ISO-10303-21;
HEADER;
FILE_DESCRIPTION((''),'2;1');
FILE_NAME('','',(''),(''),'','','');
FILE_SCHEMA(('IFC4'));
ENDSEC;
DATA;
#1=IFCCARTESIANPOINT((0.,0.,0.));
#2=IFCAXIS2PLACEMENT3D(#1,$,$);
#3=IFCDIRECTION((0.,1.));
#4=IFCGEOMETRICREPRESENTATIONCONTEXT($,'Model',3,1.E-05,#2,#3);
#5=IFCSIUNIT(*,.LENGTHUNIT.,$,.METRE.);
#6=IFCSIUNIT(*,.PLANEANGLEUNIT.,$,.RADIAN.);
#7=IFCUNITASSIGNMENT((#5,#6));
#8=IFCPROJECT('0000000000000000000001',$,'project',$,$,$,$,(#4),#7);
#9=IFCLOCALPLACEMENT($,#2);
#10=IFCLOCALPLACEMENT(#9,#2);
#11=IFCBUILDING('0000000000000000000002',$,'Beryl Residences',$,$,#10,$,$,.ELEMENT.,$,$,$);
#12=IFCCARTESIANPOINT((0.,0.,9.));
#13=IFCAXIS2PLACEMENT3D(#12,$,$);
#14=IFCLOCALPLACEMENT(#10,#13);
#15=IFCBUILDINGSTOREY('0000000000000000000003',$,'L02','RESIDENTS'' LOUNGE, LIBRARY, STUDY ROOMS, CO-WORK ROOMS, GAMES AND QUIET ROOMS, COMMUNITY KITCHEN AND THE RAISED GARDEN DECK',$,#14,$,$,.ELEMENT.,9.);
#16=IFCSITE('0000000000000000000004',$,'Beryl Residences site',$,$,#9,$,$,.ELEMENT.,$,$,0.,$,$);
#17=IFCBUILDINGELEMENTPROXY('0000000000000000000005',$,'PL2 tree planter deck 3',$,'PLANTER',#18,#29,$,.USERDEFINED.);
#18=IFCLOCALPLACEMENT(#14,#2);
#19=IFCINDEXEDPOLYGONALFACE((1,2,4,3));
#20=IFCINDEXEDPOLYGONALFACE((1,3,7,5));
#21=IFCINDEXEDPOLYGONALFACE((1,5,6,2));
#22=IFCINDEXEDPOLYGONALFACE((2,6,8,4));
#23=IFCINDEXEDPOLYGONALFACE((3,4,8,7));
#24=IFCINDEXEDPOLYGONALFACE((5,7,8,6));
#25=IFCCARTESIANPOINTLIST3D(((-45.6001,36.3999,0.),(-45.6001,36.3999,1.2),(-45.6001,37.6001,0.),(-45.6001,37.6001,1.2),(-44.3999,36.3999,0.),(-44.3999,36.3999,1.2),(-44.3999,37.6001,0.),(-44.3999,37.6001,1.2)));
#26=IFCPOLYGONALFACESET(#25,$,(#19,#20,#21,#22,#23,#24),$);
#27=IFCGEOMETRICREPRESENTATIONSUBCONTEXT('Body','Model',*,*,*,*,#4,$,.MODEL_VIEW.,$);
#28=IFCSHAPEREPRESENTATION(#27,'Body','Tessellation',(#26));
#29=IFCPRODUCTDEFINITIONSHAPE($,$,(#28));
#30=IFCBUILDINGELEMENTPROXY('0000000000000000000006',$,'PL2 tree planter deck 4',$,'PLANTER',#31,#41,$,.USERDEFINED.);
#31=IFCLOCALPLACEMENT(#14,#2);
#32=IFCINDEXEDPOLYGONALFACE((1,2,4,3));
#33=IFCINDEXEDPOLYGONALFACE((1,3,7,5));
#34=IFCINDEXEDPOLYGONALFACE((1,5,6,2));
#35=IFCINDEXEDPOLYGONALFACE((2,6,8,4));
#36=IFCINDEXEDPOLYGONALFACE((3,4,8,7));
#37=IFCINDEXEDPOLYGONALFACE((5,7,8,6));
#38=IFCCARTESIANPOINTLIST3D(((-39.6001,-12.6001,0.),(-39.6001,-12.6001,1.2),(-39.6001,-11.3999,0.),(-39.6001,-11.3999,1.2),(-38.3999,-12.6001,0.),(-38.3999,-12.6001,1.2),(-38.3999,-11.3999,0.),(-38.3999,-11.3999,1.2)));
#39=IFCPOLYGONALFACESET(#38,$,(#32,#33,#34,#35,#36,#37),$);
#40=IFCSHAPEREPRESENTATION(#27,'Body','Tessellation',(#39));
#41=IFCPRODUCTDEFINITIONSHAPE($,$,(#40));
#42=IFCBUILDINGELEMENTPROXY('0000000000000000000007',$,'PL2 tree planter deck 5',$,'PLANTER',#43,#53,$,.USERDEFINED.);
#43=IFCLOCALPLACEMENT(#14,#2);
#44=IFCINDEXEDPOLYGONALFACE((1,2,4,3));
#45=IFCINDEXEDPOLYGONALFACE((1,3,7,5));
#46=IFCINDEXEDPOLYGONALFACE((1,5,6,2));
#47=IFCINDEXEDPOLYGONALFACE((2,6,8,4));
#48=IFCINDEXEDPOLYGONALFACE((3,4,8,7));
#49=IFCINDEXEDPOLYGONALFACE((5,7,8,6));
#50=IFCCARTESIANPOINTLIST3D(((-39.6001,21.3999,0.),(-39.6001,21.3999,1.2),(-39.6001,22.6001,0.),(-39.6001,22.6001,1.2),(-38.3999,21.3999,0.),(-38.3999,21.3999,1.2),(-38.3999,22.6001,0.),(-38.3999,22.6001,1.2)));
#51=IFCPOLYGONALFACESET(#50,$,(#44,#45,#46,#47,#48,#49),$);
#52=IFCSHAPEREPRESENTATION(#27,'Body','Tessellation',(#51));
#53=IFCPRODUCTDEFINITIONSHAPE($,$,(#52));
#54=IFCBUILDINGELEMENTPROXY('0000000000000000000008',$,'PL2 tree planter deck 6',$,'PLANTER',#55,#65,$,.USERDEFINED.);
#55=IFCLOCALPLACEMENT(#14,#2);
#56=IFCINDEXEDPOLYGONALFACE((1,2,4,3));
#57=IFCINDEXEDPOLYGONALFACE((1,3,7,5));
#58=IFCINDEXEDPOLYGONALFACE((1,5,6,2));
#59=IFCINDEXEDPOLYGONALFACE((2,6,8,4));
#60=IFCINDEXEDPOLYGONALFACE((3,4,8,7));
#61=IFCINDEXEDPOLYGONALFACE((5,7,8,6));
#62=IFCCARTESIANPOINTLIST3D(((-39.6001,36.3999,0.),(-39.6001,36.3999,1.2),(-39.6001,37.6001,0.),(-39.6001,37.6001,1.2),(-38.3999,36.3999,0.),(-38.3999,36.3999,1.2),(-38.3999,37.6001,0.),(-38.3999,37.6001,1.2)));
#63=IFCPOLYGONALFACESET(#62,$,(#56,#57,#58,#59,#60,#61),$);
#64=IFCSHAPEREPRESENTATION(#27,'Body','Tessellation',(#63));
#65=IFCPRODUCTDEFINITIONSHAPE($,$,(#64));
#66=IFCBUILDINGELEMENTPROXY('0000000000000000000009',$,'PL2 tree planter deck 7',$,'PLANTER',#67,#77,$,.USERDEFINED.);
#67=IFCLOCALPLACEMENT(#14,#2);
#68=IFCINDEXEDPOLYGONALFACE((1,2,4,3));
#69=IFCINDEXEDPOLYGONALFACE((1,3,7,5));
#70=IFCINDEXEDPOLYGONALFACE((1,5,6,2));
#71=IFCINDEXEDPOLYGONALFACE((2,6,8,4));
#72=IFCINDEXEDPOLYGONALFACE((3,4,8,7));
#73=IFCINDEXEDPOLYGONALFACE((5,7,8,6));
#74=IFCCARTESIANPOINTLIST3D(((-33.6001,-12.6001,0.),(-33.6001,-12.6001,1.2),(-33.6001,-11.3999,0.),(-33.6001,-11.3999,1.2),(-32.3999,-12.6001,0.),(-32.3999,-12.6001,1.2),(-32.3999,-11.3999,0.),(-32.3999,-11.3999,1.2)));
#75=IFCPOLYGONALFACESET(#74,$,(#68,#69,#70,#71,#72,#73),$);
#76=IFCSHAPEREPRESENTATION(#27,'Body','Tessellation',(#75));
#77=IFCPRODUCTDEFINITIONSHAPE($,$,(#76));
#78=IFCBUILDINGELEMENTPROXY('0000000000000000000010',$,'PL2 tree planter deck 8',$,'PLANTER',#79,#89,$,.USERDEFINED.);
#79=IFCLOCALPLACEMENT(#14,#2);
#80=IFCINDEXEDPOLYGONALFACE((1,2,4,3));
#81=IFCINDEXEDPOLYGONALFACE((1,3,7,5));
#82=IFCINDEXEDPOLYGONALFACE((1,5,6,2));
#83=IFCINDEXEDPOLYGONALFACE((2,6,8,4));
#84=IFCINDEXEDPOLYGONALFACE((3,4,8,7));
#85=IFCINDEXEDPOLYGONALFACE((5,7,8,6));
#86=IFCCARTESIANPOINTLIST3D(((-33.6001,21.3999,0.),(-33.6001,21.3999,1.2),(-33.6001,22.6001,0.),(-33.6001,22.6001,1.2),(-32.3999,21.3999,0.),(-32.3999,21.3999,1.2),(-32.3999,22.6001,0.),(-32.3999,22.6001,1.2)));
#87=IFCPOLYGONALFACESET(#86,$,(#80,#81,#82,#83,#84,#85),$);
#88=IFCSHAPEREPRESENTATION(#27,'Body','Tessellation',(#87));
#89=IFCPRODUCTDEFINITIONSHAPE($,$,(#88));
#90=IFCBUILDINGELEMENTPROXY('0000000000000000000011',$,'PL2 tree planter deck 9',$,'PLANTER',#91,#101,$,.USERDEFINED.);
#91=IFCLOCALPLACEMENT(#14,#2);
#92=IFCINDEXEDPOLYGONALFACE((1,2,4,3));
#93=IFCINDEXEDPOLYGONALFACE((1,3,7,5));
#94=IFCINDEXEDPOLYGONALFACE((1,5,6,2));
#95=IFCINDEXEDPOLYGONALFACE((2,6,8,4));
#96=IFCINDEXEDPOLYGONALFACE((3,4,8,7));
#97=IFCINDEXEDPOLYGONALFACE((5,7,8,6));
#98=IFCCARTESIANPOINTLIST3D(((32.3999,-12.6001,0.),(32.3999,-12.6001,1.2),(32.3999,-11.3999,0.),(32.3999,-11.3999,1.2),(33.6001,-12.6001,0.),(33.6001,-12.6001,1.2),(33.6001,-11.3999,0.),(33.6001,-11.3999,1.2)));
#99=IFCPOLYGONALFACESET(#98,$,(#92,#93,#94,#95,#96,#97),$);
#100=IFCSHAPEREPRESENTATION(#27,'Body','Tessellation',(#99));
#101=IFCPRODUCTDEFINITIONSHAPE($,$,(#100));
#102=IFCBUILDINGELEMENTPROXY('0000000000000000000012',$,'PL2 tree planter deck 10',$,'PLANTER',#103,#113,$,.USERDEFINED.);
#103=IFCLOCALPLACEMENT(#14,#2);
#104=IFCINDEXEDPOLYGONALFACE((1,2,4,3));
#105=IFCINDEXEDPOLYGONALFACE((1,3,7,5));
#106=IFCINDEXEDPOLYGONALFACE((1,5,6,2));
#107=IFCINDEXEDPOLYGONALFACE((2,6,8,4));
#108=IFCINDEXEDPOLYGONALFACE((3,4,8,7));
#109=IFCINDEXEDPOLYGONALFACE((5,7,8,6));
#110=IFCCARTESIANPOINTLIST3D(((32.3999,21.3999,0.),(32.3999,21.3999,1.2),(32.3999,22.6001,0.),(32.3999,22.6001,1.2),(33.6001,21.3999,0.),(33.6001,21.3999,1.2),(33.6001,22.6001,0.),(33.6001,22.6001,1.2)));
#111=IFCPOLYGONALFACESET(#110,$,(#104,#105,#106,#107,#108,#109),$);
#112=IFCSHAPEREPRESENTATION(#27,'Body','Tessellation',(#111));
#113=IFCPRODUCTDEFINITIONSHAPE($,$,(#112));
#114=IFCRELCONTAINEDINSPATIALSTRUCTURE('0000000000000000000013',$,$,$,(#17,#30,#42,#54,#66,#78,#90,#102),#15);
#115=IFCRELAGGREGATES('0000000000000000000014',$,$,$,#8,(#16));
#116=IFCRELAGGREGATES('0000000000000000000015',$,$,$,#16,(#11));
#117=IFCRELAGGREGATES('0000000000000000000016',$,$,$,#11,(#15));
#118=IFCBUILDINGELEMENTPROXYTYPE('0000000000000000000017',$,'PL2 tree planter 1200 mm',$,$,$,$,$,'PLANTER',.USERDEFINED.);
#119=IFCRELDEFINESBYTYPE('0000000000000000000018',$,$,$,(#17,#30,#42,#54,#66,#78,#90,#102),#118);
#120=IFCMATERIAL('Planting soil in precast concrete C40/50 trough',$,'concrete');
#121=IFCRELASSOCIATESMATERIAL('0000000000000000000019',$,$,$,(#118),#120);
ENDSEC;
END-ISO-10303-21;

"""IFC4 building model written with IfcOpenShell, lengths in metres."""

from ifc_helpers import new_model, si_unit, direction, frame, origin, place, context, subcontext, project, spatial, polyline, outline, extrude, material, type_object, element, save


model = new_model("IFC4")

# Units and contexts
model_context = context("Model", 3, precision=1e-05, world=origin(), true_north=direction((0.0, 1.0)))
body_context = subcontext(model_context, "Body", "Model", "MODEL_VIEW")
ifc_project = project(units=[si_unit("LENGTHUNIT", "METRE"), si_unit("PLANEANGLEUNIT", "RADIAN")], contexts=[model_context])

# Site, building, storey
site_placement = place(None, origin())
site = spatial("IfcSite", under=ifc_project, at=site_placement, Name="Beryl Residences site", CompositionType="ELEMENT", RefElevation=0.0)
building_placement = place(site_placement, origin())
building = spatial("IfcBuilding", under=site, at=building_placement, Name="Beryl Residences", CompositionType="ELEMENT")
storey_placement = place(building_placement, frame((0.0, 0.0, 9.0)))
storey = spatial("IfcBuildingStorey", under=building, at=storey_placement, Name="L02", Description="RESIDENTS' LOUNGE, LIBRARY, STUDY ROOMS, CO-WORK ROOMS, GAMES AND QUIET ROOMS, COMMUNITY KITCHEN AND THE RAISED GARDEN DECK", CompositionType="ELEMENT", Elevation=9.0)

# Building element proxies
ifc_material_1 = material(Name="Planting soil in precast concrete C40/50 trough", Category="concrete")
building_element_proxy_type_1 = type_object("IfcBuildingElementProxyType", Name="PL2 tree planter 1200 mm", ElementType="PLANTER", PredefinedType="USERDEFINED", material=ifc_material_1)
proxy_1_placement = place(storey_placement, origin())
element("IfcBuildingElementProxy", 1, at=proxy_1_placement, inside=storey, type_object=building_element_proxy_type_1, Name="PL2 tree planter deck 3", ObjectType="PLANTER", PredefinedType="USERDEFINED", context=body_context, shape_type="SweptSolid", body=[
    extrude(outline(polyline([(-44.3999, 36.3999), (-44.3999, 37.6001), (-45.6001, 37.6001), (-45.6001, 36.3999), (-44.3999, 36.3999)])), origin(), (0.0, 0.0, 1.0), 1.2),
])
proxy_2_placement = place(storey_placement, origin())
element("IfcBuildingElementProxy", 2, at=proxy_2_placement, inside=storey, type_object=building_element_proxy_type_1, Name="PL2 tree planter deck 4", ObjectType="PLANTER", PredefinedType="USERDEFINED", context=body_context, shape_type="SweptSolid", body=[
    extrude(outline(polyline([(-38.3999, -12.6001), (-38.3999, -11.3999), (-39.6001, -11.3999), (-39.6001, -12.6001), (-38.3999, -12.6001)])), origin(), (0.0, 0.0, 1.0), 1.2),
])
proxy_3_placement = place(storey_placement, origin())
element("IfcBuildingElementProxy", 3, at=proxy_3_placement, inside=storey, type_object=building_element_proxy_type_1, Name="PL2 tree planter deck 5", ObjectType="PLANTER", PredefinedType="USERDEFINED", context=body_context, shape_type="SweptSolid", body=[
    extrude(outline(polyline([(-38.3999, 21.3999), (-38.3999, 22.6001), (-39.6001, 22.6001), (-39.6001, 21.3999), (-38.3999, 21.3999)])), origin(), (0.0, 0.0, 1.0), 1.2),
])
proxy_4_placement = place(storey_placement, origin())
element("IfcBuildingElementProxy", 4, at=proxy_4_placement, inside=storey, type_object=building_element_proxy_type_1, Name="PL2 tree planter deck 6", ObjectType="PLANTER", PredefinedType="USERDEFINED", context=body_context, shape_type="SweptSolid", body=[
    extrude(outline(polyline([(-38.3999, 36.3999), (-38.3999, 37.6001), (-39.6001, 37.6001), (-39.6001, 36.3999), (-38.3999, 36.3999)])), origin(), (0.0, 0.0, 1.0), 1.2),
])
proxy_5_placement = place(storey_placement, origin())
element("IfcBuildingElementProxy", 5, at=proxy_5_placement, inside=storey, type_object=building_element_proxy_type_1, Name="PL2 tree planter deck 7", ObjectType="PLANTER", PredefinedType="USERDEFINED", context=body_context, shape_type="SweptSolid", body=[
    extrude(outline(polyline([(-32.3999, -12.6001), (-32.3999, -11.3999), (-33.6001, -11.3999), (-33.6001, -12.6001), (-32.3999, -12.6001)])), origin(), (0.0, 0.0, 1.0), 1.2),
])
proxy_6_placement = place(storey_placement, origin())
element("IfcBuildingElementProxy", 6, at=proxy_6_placement, inside=storey, type_object=building_element_proxy_type_1, Name="PL2 tree planter deck 8", ObjectType="PLANTER", PredefinedType="USERDEFINED", context=body_context, shape_type="SweptSolid", body=[
    extrude(outline(polyline([(-32.3999, 21.3999), (-32.3999, 22.6001), (-33.6001, 22.6001), (-33.6001, 21.3999), (-32.3999, 21.3999)])), origin(), (0.0, 0.0, 1.0), 1.2),
])
proxy_7_placement = place(storey_placement, origin())
element("IfcBuildingElementProxy", 7, at=proxy_7_placement, inside=storey, type_object=building_element_proxy_type_1, Name="PL2 tree planter deck 9", ObjectType="PLANTER", PredefinedType="USERDEFINED", context=body_context, shape_type="SweptSolid", body=[
    extrude(outline(polyline([(33.6001, -12.6001), (33.6001, -11.3999), (32.3999, -11.3999), (32.3999, -12.6001), (33.6001, -12.6001)])), origin(), (0.0, 0.0, 1.0), 1.2),
])
proxy_8_placement = place(storey_placement, origin())
element("IfcBuildingElementProxy", 8, at=proxy_8_placement, inside=storey, type_object=building_element_proxy_type_1, Name="PL2 tree planter deck 10", ObjectType="PLANTER", PredefinedType="USERDEFINED", context=body_context, shape_type="SweptSolid", body=[
    extrude(outline(polyline([(33.6001, 21.3999), (33.6001, 22.6001), (32.3999, 22.6001), (32.3999, 21.3999), (33.6001, 21.3999)])), origin(), (0.0, 0.0, 1.0), 1.2),
])

save(model, "model.ifc")
